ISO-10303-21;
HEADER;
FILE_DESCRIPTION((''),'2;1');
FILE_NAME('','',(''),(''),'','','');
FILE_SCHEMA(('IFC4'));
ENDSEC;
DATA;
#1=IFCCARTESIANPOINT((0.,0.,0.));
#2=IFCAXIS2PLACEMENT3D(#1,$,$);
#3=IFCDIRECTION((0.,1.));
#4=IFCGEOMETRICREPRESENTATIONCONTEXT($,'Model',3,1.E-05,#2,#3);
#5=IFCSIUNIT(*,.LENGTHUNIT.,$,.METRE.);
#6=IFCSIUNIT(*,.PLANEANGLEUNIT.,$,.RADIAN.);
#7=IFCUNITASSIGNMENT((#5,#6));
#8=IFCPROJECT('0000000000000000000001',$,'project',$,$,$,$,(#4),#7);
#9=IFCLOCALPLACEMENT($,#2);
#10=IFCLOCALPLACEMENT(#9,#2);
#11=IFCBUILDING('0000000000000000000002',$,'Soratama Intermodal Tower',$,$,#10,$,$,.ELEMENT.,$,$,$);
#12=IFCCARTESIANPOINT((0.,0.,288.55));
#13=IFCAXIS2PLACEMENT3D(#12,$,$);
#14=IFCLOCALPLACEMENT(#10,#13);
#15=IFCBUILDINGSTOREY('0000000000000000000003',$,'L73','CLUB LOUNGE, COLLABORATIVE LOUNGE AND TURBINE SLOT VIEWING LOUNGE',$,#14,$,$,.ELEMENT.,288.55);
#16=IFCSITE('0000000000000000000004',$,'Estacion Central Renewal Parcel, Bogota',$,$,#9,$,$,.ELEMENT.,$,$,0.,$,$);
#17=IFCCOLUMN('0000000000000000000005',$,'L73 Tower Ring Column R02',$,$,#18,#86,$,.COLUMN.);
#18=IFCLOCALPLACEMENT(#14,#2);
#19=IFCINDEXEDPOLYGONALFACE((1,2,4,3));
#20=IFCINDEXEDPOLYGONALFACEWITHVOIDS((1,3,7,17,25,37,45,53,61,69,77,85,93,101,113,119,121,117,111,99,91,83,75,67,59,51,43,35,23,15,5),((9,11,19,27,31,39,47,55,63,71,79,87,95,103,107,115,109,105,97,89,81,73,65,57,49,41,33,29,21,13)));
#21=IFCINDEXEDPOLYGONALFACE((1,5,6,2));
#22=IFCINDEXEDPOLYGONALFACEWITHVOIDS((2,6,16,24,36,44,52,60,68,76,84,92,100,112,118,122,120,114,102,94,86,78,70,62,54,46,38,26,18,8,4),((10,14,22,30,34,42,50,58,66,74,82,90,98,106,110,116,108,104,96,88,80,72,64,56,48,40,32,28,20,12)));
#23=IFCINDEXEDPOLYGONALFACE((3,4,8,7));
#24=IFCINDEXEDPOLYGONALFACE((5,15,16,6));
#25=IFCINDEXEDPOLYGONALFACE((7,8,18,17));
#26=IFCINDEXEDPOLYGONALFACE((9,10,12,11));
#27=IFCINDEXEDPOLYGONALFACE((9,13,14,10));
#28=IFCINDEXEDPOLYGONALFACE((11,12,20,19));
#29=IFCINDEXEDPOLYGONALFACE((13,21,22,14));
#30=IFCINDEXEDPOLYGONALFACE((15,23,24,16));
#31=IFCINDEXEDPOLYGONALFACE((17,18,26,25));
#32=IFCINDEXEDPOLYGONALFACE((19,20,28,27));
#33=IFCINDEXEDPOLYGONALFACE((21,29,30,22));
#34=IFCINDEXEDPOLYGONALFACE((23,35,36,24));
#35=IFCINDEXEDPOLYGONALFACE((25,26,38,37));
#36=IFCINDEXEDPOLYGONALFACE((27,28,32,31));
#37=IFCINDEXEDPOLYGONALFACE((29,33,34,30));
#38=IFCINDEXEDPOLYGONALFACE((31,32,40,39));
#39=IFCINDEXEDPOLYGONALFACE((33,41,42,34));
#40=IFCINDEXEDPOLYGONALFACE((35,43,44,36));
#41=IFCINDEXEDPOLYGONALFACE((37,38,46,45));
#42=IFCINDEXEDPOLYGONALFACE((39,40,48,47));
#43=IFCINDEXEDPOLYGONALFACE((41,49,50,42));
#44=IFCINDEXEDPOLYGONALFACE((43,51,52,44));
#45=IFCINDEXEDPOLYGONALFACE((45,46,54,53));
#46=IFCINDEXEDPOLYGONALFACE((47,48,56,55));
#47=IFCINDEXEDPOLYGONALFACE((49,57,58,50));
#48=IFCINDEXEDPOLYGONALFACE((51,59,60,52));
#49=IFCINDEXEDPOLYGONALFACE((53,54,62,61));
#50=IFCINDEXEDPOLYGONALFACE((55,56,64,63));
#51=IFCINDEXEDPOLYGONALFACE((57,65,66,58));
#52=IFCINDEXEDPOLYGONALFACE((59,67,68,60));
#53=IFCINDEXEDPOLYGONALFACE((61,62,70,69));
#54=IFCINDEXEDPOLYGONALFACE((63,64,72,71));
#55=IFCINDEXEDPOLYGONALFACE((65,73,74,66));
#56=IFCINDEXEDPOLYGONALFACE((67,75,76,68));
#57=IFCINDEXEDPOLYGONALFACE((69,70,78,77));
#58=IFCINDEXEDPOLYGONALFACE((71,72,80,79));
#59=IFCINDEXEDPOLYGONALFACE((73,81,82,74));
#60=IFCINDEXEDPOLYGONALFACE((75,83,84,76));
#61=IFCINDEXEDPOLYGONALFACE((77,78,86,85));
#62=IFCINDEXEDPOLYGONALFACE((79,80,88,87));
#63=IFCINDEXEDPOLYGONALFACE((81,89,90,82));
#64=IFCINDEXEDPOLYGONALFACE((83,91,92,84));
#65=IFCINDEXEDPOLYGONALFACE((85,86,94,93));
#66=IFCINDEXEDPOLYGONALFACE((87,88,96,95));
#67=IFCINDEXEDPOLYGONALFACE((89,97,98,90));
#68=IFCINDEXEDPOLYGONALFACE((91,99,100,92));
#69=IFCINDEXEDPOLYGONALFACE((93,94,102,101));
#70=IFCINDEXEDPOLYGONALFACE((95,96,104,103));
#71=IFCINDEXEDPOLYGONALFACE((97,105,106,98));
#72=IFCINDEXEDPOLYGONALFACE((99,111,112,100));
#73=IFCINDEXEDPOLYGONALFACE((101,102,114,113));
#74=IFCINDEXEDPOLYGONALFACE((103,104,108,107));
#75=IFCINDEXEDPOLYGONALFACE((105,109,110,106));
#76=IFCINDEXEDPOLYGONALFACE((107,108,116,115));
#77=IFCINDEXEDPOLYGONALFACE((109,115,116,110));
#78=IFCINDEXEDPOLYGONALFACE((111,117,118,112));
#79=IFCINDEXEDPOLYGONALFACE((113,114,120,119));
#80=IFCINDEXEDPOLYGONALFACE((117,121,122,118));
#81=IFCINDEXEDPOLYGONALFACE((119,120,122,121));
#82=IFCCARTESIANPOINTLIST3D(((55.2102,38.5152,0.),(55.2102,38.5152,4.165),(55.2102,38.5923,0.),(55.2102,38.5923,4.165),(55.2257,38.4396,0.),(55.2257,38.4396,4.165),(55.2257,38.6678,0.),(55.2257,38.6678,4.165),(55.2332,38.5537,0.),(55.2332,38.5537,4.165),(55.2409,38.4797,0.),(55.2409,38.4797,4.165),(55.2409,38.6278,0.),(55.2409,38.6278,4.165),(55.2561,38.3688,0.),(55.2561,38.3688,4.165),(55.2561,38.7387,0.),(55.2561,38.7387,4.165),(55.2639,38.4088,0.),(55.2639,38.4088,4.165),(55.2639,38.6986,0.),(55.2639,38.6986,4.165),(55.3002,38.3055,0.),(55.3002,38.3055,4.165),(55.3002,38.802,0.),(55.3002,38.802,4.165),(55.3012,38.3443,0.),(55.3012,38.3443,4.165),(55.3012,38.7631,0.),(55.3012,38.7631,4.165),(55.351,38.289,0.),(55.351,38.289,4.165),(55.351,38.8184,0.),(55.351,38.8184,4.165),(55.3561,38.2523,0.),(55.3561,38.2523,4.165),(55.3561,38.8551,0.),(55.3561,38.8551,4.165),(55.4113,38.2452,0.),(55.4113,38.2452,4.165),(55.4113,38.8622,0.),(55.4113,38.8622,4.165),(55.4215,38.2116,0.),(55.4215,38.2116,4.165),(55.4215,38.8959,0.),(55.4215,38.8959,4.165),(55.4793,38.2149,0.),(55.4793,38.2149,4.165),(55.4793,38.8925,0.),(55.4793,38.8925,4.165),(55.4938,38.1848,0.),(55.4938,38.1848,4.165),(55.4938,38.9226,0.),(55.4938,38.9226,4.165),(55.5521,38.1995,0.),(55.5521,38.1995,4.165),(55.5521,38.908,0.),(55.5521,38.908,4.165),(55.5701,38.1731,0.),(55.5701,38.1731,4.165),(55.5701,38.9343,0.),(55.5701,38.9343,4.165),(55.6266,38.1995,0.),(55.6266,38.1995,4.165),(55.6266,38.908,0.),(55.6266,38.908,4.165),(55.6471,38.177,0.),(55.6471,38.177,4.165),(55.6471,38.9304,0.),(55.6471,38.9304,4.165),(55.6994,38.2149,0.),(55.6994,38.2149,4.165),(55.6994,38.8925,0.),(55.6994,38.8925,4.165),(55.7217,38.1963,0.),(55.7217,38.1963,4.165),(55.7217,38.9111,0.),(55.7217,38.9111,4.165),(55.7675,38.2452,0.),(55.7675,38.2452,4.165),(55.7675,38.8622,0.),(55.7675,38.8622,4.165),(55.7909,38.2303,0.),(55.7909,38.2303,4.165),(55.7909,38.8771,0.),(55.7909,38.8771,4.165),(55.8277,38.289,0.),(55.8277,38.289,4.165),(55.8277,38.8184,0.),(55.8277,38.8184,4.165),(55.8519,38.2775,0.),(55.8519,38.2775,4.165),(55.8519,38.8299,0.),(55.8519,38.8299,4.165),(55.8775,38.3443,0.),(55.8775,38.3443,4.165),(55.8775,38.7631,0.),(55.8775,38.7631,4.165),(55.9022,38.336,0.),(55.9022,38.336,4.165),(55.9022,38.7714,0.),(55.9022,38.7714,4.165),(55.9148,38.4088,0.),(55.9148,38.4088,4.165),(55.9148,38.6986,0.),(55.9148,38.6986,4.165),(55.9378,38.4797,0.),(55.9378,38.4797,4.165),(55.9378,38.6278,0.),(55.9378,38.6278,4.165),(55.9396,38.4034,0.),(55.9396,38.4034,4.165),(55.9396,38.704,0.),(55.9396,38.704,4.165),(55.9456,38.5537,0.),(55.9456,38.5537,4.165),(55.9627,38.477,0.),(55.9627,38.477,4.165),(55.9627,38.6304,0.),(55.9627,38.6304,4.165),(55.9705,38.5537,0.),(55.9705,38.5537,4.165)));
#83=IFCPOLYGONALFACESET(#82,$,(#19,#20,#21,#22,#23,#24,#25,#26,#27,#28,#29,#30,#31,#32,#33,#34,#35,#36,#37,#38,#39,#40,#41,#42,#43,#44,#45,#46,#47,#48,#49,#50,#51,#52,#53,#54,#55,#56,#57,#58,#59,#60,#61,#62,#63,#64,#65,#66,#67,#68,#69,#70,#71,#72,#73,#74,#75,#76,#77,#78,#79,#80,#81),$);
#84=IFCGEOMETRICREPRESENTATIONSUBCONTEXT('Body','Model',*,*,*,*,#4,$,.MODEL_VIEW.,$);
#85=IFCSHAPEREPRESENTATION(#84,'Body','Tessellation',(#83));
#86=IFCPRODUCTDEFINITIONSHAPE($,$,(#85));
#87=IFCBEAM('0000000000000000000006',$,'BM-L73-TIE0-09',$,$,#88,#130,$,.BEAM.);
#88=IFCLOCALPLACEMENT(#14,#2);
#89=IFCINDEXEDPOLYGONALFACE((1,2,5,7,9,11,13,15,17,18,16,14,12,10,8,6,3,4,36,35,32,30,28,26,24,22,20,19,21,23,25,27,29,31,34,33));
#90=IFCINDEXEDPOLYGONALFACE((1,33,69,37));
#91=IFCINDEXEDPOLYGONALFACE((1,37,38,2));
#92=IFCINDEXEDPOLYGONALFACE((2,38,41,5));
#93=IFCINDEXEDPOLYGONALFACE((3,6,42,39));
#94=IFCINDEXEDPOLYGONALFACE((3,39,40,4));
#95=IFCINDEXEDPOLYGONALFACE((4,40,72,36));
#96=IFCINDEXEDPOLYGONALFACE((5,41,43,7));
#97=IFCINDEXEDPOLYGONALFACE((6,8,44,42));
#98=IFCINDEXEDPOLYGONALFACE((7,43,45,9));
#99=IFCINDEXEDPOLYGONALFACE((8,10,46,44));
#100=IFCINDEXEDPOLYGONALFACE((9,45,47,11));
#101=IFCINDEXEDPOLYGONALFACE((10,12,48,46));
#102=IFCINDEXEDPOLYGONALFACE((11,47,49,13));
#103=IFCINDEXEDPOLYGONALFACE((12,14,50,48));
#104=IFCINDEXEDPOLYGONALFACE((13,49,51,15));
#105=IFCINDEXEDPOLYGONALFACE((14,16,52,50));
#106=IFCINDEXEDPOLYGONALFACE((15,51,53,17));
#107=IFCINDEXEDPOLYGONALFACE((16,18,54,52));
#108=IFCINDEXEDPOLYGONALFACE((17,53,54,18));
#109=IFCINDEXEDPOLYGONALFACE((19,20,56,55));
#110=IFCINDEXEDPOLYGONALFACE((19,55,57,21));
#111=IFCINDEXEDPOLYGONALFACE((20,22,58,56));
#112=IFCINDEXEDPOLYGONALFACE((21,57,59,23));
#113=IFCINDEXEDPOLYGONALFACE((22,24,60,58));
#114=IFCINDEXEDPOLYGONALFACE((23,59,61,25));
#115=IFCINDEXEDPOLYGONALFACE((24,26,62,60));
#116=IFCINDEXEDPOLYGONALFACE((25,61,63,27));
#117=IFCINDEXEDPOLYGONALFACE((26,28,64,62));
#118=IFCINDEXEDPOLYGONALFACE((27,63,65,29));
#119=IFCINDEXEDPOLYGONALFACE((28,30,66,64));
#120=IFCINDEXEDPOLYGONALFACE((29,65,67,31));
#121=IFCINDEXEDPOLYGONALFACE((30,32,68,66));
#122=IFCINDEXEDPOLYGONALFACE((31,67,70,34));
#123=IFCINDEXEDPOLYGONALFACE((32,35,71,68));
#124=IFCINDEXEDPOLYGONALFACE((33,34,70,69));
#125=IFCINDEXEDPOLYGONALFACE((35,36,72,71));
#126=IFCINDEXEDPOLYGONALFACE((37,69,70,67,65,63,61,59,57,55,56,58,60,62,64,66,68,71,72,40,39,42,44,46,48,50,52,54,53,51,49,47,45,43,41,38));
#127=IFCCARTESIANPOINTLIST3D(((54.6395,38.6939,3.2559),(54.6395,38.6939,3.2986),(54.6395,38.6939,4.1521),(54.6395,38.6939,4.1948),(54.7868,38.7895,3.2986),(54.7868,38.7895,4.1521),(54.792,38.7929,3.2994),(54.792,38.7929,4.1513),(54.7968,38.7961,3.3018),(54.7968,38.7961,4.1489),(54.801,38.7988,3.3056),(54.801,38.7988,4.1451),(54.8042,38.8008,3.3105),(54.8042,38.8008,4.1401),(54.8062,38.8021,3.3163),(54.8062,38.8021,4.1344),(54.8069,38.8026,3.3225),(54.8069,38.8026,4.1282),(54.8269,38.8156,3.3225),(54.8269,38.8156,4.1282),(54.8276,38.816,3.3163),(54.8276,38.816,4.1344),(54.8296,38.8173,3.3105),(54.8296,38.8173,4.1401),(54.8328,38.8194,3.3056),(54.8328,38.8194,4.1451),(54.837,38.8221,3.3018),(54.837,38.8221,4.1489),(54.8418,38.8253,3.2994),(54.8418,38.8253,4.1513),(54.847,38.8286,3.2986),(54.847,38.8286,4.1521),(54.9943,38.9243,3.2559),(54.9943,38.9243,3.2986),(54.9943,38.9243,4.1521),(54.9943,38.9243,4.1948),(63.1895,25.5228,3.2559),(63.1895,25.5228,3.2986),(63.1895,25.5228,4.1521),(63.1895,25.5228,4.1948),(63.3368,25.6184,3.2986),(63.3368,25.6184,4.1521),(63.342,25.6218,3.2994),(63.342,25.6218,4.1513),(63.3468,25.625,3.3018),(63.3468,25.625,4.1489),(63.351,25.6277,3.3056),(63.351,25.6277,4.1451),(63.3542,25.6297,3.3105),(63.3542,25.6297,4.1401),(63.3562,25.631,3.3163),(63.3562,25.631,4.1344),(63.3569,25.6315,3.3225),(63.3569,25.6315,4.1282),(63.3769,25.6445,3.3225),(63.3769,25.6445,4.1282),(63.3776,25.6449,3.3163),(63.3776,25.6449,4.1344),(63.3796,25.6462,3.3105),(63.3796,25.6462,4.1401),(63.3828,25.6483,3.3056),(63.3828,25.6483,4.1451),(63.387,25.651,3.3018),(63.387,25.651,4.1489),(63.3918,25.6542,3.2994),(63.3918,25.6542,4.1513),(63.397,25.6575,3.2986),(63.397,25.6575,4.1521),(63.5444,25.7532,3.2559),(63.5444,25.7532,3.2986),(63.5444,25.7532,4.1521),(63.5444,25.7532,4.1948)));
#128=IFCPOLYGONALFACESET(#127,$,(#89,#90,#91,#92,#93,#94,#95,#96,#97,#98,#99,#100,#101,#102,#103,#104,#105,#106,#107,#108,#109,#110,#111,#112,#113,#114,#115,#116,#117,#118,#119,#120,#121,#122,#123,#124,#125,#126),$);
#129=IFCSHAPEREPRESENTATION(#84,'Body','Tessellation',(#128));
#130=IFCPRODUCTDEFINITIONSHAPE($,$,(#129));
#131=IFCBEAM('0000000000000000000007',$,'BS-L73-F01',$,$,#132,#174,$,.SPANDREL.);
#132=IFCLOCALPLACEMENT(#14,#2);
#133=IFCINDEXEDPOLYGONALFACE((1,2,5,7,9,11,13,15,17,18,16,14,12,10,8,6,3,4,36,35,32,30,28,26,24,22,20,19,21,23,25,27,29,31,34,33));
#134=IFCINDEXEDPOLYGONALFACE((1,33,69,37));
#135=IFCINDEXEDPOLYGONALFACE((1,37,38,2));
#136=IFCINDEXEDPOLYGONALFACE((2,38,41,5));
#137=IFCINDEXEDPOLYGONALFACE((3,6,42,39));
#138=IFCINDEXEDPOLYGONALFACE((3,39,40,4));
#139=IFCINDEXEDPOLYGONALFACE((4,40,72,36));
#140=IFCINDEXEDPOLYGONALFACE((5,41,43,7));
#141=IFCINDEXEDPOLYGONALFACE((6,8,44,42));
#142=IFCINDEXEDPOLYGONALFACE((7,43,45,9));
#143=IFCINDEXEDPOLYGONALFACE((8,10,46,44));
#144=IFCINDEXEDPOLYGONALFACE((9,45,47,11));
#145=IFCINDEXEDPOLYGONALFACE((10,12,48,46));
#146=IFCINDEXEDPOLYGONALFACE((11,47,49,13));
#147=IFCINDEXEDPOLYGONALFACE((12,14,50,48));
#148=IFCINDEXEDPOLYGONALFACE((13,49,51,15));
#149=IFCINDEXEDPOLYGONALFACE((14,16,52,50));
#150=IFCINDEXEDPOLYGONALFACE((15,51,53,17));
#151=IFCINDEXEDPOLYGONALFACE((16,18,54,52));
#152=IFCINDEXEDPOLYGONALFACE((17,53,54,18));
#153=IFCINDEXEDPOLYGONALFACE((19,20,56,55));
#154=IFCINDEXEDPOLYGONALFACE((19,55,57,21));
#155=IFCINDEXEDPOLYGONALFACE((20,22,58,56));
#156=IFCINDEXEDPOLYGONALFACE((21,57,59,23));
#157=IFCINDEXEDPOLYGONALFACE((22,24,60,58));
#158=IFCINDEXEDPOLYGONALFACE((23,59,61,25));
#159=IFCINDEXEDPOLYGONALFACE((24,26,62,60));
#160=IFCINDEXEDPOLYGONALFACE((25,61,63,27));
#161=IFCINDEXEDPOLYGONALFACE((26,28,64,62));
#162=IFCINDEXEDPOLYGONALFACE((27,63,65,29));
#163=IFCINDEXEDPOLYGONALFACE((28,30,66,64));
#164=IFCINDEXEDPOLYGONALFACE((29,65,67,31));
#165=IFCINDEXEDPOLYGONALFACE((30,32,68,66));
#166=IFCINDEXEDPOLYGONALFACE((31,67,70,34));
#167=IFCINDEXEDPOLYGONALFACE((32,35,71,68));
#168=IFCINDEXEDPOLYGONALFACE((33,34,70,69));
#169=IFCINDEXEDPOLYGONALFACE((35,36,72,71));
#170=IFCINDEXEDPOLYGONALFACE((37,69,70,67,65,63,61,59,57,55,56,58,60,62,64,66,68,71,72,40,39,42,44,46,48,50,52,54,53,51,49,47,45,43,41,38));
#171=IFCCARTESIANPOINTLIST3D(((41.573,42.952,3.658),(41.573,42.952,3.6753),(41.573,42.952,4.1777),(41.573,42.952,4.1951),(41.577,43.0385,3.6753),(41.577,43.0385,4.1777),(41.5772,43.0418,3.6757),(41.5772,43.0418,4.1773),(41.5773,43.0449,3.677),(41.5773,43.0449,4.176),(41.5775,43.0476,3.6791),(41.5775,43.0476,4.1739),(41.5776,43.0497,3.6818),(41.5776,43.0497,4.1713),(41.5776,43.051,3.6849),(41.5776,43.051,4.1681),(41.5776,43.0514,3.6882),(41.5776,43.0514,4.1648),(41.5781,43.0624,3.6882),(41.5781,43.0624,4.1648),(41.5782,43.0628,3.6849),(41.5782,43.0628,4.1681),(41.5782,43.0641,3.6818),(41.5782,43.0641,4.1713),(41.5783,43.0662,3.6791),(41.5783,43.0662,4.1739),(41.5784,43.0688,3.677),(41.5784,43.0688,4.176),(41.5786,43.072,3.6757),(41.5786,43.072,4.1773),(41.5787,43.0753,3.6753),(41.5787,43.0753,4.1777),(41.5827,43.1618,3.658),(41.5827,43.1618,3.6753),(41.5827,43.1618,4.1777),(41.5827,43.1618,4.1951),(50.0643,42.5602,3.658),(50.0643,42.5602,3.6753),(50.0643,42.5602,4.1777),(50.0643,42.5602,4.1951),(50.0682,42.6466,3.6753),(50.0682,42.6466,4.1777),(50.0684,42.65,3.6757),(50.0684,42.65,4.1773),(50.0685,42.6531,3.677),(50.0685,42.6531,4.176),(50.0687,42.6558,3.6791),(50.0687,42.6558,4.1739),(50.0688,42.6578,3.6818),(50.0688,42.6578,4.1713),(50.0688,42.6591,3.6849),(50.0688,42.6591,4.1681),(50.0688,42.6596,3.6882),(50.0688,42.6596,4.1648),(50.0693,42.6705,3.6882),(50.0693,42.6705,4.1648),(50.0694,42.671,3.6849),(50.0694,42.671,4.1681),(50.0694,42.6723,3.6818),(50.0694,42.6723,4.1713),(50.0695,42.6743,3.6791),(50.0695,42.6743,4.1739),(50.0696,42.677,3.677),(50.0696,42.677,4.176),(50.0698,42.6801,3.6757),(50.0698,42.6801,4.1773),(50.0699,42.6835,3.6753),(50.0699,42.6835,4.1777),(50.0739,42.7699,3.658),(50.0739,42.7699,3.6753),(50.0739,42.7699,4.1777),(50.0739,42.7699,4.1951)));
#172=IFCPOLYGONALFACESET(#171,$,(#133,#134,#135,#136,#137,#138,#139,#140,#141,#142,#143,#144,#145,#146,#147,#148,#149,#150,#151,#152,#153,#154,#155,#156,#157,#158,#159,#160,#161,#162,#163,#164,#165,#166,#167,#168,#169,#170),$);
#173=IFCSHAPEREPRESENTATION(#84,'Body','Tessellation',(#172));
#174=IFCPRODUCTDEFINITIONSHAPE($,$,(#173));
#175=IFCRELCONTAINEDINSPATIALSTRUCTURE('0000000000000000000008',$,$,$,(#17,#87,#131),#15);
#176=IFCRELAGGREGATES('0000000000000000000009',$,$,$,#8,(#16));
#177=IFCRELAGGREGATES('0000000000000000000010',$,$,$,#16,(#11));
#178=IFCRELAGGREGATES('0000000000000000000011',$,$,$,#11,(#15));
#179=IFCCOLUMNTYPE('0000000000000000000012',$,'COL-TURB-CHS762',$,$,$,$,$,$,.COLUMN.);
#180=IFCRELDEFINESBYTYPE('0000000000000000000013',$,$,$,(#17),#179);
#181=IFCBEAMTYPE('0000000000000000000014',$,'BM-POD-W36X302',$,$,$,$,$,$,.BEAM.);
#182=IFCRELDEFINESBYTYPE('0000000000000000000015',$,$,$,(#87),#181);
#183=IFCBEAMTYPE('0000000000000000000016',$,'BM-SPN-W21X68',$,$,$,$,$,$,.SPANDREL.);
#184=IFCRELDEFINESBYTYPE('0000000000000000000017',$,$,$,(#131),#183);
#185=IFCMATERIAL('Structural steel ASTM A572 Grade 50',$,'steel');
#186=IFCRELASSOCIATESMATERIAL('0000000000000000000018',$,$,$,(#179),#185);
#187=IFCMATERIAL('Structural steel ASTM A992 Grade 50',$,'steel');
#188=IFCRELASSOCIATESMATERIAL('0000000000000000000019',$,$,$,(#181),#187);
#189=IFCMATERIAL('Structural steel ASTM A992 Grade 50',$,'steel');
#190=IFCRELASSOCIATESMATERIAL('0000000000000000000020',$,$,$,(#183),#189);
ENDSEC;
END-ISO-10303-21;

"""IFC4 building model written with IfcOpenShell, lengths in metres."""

from ifc_helpers import new_model, si_unit, direction, frame, origin, origin_2d, place, context, subcontext, project, spatial, hollow_circle, i_section, extrude, material, material_profile, profile_set, type_object, element, save


model = new_model("IFC4")

# Units and contexts
model_context = context("Model", 3, precision=1e-05, world=origin(), true_north=direction((0.0, 1.0)))
body_context = subcontext(model_context, "Body", "Model", "MODEL_VIEW")
ifc_project = project(units=[si_unit("LENGTHUNIT", "METRE"), si_unit("PLANEANGLEUNIT", "RADIAN")], contexts=[model_context])

# Site, building, storey
site_placement = place(None, origin())
site = spatial("IfcSite", under=ifc_project, at=site_placement, Name="Estacion Central Renewal Parcel, Bogota", CompositionType="ELEMENT", RefElevation=0.0)
building_placement = place(site_placement, origin())
building = spatial("IfcBuilding", under=site, at=building_placement, Name="Soratama Intermodal Tower", CompositionType="ELEMENT")
storey_placement = place(building_placement, frame((0.0, 0.0, 288.55)))
storey = spatial("IfcBuildingStorey", under=building, at=storey_placement, Name="L73", Description="CLUB LOUNGE, COLLABORATIVE LOUNGE AND TURBINE SLOT VIEWING LOUNGE", CompositionType="ELEMENT", Elevation=288.55)

# Column
ifc_material_1 = material(Name="Structural steel ASTM A572 Grade 50", Category="steel")
ifc_material_profile_1 = material_profile(ifc_material_1, hollow_circle(Radius=0.3811, WallThickness=0.0249, at=origin_2d()), Name="CHS762X25")
ifc_profile_set_1 = profile_set([ifc_material_profile_1], Name="Structural steel ASTM A572 Grade 50")
column_type = type_object("IfcColumnType", Name="COL-TURB-CHS762", PredefinedType="COLUMN", material=ifc_profile_set_1)
column_placement = place(storey_placement, frame((55.5894, 38.5537, 0.0), z_axis=(0.0, 0.0, 1.0), x_axis=(1.0, 0.0, 0.0)))
element("IfcColumn", 1, at=column_placement, inside=storey, type_object=column_type, Name="L73 Tower Ring Column R02", PredefinedType="COLUMN", context=body_context, shape_type="SweptSolid", body=[
    extrude(hollow_circle(Radius=0.3811, WallThickness=0.0249, at=origin_2d()), origin(), (0.0, 0.0, 1.0), 4.165),
])

# Beams
ifc_material_2 = material(Name="Structural steel ASTM A992 Grade 50", Category="steel")
ifc_material_profile_2 = material_profile(ifc_material_2, i_section(OverallWidth=0.4231, OverallDepth=0.939, WebThickness=0.0239, FlangeThickness=0.0427, FilletRadius=0.0239, at=origin_2d()), Name="W36X302")
ifc_profile_set_2 = profile_set([ifc_material_profile_2], Name="Structural steel ASTM A992 Grade 50")
beam_type_1 = type_object("IfcBeamType", Name="BM-POD-W36X302", PredefinedType="BEAM", material=ifc_profile_set_2)
beam_1_placement = place(storey_placement, frame((54.8169, 38.8091, 3.7253), z_axis=(0.544487, -0.838769, 0.0), x_axis=(0.838769, 0.544487, 0.0)))
element("IfcBeam", 2, at=beam_1_placement, inside=storey, type_object=beam_type_1, Name="BM-L73-TIE0-09", PredefinedType="BEAM", context=body_context, shape_type="SweptSolid", body=[
    extrude(i_section(OverallWidth=0.4231, OverallDepth=0.939, WebThickness=0.0239, FlangeThickness=0.0427, FilletRadius=0.0239, at=origin_2d()), origin(), (0.0, 0.0, 1.0), 15.7029),
])
ifc_material_3 = material(Name="Structural steel ASTM A992 Grade 50", Category="steel")
ifc_material_profile_3 = material_profile(ifc_material_3, i_section(OverallWidth=0.21, OverallDepth=0.5371, WebThickness=0.011, FlangeThickness=0.0173, FilletRadius=0.0129, at=origin_2d()), Name="W21X68")
ifc_profile_set_3 = profile_set([ifc_material_profile_3], Name="Structural steel ASTM A992 Grade 50")
beam_type_2 = type_object("IfcBeamType", Name="BM-SPN-W21X68", PredefinedType="SPANDREL", material=ifc_profile_set_3)
beam_2_placement = place(storey_placement, frame((50.0691, 42.665, 3.9265), z_axis=(-0.998937, 0.046098, 0.0), x_axis=(-0.046098, -0.998937, 0.0)))
element("IfcBeam", 3, at=beam_2_placement, inside=storey, type_object=beam_type_2, Name="BS-L73-F01", PredefinedType="SPANDREL", context=body_context, shape_type="SweptSolid", body=[
    extrude(i_section(OverallWidth=0.21, OverallDepth=0.5371, WebThickness=0.011, FlangeThickness=0.0173, FilletRadius=0.0129, at=origin_2d()), origin(), (0.0, 0.0, 1.0), 8.5002),
])

save(model, "model.ifc")
